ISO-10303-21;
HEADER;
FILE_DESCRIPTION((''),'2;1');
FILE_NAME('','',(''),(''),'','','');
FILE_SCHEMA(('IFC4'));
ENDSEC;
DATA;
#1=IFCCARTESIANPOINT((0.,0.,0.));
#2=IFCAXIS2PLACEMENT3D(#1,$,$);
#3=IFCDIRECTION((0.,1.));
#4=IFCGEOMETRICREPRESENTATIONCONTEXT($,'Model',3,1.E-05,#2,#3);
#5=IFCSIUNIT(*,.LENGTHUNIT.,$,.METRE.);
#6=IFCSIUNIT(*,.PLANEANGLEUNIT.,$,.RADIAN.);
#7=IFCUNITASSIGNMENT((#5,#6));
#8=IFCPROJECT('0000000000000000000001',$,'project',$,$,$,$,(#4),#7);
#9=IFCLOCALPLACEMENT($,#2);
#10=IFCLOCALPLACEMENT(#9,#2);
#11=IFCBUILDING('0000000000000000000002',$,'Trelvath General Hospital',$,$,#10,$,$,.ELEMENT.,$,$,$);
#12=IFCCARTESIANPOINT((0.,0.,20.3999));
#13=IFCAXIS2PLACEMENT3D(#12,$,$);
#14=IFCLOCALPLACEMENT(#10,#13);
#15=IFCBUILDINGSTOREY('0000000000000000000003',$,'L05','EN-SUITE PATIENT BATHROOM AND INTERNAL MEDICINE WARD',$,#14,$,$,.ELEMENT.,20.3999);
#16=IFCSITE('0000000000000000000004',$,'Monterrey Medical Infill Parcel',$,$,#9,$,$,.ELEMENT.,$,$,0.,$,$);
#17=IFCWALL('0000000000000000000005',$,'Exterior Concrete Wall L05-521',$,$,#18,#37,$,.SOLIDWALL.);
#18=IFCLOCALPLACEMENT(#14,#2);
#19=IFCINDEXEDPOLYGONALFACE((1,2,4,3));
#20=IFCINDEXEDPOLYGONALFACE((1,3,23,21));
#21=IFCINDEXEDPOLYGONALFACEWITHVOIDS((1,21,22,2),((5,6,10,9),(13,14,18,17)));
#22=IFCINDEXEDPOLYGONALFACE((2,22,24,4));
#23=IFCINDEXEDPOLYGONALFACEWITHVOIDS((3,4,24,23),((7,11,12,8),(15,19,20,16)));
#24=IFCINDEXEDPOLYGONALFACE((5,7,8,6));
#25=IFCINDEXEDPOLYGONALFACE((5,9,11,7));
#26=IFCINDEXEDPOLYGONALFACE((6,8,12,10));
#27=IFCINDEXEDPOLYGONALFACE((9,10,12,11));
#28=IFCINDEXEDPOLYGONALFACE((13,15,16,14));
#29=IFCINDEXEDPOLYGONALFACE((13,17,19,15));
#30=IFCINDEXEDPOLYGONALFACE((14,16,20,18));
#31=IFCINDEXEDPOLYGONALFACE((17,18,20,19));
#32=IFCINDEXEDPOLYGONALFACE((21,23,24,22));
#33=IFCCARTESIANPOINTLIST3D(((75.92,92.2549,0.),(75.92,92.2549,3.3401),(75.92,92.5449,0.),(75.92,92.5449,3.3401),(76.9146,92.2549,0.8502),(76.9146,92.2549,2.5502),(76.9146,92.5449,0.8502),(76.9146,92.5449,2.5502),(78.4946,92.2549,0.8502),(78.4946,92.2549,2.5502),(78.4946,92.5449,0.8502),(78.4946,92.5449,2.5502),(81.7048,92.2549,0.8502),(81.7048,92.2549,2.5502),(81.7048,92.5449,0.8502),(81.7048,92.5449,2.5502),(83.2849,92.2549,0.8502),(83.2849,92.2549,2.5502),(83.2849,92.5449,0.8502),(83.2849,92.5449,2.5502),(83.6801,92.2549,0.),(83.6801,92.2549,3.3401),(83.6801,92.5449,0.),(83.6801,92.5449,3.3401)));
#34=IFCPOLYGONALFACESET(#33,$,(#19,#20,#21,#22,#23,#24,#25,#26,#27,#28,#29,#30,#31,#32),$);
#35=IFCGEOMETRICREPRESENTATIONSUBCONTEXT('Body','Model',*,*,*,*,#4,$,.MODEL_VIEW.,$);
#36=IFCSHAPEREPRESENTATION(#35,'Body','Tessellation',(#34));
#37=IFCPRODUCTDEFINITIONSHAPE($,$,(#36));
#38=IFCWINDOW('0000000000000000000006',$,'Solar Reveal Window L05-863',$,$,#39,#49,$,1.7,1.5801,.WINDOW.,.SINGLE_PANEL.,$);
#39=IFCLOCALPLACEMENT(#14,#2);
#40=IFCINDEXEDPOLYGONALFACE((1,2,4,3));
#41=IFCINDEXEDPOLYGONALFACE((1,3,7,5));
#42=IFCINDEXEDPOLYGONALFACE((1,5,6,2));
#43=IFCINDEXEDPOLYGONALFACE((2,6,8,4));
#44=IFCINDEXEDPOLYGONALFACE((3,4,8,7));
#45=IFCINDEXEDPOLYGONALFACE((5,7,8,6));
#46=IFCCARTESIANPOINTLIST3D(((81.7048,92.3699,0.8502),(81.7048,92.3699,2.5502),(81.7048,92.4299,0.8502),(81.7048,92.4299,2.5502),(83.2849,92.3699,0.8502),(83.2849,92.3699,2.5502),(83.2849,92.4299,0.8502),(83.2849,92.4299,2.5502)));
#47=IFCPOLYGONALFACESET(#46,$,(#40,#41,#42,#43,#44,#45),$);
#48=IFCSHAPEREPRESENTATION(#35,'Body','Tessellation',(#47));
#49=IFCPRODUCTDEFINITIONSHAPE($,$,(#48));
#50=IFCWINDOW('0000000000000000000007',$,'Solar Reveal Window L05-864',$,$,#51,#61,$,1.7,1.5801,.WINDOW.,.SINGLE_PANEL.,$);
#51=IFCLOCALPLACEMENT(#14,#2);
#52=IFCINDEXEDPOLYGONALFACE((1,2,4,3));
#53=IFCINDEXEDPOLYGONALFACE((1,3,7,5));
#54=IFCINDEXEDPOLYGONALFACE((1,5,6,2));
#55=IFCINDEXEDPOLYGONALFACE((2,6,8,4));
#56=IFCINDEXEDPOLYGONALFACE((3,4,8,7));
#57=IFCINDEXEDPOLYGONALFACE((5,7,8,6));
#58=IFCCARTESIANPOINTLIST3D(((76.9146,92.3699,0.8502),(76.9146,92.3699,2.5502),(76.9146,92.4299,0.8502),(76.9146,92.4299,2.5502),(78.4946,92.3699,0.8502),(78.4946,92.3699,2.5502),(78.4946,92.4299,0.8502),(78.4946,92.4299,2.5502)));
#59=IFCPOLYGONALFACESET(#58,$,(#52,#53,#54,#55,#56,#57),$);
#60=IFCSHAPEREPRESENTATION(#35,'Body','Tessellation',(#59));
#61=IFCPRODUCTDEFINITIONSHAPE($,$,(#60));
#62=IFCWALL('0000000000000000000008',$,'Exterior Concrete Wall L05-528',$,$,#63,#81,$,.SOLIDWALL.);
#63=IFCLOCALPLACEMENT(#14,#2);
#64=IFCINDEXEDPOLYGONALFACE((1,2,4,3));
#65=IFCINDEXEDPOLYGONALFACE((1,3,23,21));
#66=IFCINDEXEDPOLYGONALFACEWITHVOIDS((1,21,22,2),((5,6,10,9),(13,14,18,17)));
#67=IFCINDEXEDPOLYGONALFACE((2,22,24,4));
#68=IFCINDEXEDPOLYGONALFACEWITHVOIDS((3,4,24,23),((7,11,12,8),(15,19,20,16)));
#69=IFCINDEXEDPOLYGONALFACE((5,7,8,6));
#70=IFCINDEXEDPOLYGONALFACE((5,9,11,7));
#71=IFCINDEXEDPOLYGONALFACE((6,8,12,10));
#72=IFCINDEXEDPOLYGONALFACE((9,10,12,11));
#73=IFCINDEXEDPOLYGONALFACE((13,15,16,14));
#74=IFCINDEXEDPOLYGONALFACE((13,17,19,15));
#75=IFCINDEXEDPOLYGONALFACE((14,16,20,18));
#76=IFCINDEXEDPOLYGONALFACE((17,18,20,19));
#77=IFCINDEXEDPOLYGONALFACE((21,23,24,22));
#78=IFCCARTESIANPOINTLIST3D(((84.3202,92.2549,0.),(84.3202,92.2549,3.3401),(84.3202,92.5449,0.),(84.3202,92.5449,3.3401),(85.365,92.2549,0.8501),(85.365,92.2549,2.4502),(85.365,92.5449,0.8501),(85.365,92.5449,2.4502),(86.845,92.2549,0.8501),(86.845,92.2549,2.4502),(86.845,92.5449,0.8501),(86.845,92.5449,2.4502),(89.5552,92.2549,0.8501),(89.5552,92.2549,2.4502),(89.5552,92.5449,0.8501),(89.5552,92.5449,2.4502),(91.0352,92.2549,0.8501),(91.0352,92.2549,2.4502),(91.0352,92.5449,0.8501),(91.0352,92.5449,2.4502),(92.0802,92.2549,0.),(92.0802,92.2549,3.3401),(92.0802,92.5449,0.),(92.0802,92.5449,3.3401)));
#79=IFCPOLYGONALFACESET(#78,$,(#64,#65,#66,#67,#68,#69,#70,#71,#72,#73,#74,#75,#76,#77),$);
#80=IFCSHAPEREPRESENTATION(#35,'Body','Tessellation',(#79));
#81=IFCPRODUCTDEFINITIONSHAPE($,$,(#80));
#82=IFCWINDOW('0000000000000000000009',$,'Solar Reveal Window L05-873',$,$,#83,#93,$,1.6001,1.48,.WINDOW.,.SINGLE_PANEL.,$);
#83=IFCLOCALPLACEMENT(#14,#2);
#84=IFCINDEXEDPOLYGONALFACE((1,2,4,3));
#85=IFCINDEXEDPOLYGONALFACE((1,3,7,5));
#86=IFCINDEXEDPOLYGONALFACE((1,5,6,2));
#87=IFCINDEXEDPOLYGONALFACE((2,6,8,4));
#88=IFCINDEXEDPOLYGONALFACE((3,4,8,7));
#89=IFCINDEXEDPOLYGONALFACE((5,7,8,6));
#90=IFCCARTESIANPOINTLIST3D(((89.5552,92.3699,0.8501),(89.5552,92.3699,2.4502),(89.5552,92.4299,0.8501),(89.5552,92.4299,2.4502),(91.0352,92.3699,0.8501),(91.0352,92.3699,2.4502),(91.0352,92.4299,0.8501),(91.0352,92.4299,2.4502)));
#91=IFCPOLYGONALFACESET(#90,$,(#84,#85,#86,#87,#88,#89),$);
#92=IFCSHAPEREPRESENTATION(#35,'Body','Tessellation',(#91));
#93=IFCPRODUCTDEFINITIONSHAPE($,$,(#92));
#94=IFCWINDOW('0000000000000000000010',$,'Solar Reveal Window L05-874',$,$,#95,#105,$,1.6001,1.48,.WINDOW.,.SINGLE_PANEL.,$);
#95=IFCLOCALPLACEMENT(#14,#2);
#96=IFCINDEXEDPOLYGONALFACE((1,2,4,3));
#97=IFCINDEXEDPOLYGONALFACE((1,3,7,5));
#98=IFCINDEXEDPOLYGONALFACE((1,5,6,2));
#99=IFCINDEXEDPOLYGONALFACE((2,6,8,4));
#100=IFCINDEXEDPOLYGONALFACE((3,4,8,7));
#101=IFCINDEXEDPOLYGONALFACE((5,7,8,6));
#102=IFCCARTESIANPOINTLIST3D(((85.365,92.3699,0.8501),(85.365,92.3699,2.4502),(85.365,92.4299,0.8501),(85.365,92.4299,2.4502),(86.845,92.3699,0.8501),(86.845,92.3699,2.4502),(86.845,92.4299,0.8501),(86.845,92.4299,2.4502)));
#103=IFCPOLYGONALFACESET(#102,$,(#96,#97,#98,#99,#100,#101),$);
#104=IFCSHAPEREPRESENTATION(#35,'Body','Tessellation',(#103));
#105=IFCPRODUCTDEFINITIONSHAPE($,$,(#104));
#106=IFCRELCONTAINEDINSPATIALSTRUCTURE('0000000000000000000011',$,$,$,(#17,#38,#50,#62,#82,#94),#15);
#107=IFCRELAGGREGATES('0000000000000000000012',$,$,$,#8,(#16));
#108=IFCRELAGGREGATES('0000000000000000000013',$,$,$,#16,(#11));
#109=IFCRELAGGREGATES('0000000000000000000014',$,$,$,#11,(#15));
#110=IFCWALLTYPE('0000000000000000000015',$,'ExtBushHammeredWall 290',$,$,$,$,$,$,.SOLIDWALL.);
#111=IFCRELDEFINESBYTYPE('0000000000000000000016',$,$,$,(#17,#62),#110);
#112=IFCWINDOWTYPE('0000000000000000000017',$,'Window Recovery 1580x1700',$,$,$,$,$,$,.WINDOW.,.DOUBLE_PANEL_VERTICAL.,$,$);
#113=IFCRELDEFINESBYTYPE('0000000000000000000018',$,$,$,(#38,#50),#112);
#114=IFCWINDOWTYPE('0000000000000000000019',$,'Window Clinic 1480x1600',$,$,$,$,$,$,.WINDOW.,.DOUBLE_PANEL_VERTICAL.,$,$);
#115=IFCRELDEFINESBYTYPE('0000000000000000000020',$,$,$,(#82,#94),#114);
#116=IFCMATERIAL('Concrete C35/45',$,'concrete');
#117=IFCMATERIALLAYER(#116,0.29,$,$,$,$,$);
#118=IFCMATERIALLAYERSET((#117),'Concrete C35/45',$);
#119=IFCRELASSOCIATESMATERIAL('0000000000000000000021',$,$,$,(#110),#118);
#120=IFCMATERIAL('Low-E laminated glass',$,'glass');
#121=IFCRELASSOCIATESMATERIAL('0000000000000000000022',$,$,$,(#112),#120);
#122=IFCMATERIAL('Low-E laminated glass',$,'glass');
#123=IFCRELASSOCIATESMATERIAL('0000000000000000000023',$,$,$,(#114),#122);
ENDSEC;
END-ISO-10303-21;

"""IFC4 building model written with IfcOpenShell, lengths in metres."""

from ifc_helpers import new_model, si_unit, direction, frame, frame_2d, origin, place, context, subcontext, project, spatial, rectangle, extrude, material, layer, layer_set, type_object, element, fill, save


model = new_model("IFC4")

# Units and contexts
model_context = context("Model", 3, precision=1e-05, world=origin(), true_north=direction((0.0, 1.0)))
body_context = subcontext(model_context, "Body", "Model", "MODEL_VIEW")
ifc_project = project(units=[si_unit("LENGTHUNIT", "METRE"), si_unit("PLANEANGLEUNIT", "RADIAN")], contexts=[model_context])

# Site, building, storey
site_placement = place(None, origin())
site = spatial("IfcSite", under=ifc_project, at=site_placement, Name="Monterrey Medical Infill Parcel", CompositionType="ELEMENT", RefElevation=0.0)
building_placement = place(site_placement, origin())
building = spatial("IfcBuilding", under=site, at=building_placement, Name="Trelvath General Hospital", CompositionType="ELEMENT")
storey_placement = place(building_placement, frame((0.0, 0.0, 20.3999)))
storey = spatial("IfcBuildingStorey", under=building, at=storey_placement, Name="L05", Description="EN-SUITE PATIENT BATHROOM AND INTERNAL MEDICINE WARD", CompositionType="ELEMENT", Elevation=20.3999)

# Walls, openings, windows
ifc_material_1 = material(Name="Concrete C35/45", Category="concrete")
ifc_layer_1 = layer(ifc_material_1, 0.29)
ifc_layer_set_1 = layer_set([ifc_layer_1], Name="Concrete C35/45")
wall_type_1 = type_object("IfcWallType", Name="ExtBushHammeredWall 290", PredefinedType="SOLIDWALL", material=ifc_layer_set_1)
wall_1_placement = place(storey_placement, frame((83.6799, 92.3999, 0.0), z_axis=(0.0, 0.0, 1.0), x_axis=(-1.0, 0.0, 0.0)))
wall_1 = element("IfcWall", 1, at=wall_1_placement, inside=storey, type_object=wall_type_1, Name="Exterior Concrete Wall L05-521", PredefinedType="SOLIDWALL", context=body_context, shape_type="SweptSolid", body=[
    extrude(rectangle(XDim=7.76, YDim=0.29, at=frame_2d((3.8799, 0.0))), origin(), (0.0, 0.0, 1.0), 3.3401),
])
opening_1_placement = place(wall_1_placement, frame((0.395, 0.0, 0.8501)))
opening_1 = element("IfcOpeningElement", 2, at=opening_1_placement, cuts=wall_1, PredefinedType="OPENING", context=body_context, shape_type="SweptSolid", body=[
    extrude(rectangle(XDim=1.5801, YDim=1.7, at=frame_2d((0.79, 0.8501))), frame((0.0, 0.155, 0.0), z_axis=(0.0, -1.0, 0.0), x_axis=(1.0, 0.0, 0.0)), (0.0, 0.0, 1.0), 0.3101),
])
opening_2_placement = place(wall_1_placement, frame((5.1853, 0.0, 0.8501)))
opening_2 = element("IfcOpeningElement", 3, at=opening_2_placement, cuts=wall_1, PredefinedType="OPENING", context=body_context, shape_type="SweptSolid", body=[
    extrude(rectangle(XDim=1.5801, YDim=1.7, at=frame_2d((0.79, 0.8501))), frame((0.0, 0.155, 0.0), z_axis=(0.0, -1.0, 0.0), x_axis=(1.0, 0.0, 0.0)), (0.0, 0.0, 1.0), 0.3101),
])
ifc_material_2 = material(Name="Low-E laminated glass", Category="glass")
window_type_1 = type_object("IfcWindowType", Name="Window Recovery 1580x1700", PartitioningType="DOUBLE_PANEL_VERTICAL", PredefinedType="WINDOW", material=ifc_material_2)
window_1_placement = place(opening_1_placement, origin())
window_1 = element("IfcWindow", 4, at=window_1_placement, inside=storey, type_object=window_type_1, Name="Solar Reveal Window L05-863", OverallHeight=1.7, OverallWidth=1.5801, PartitioningType="SINGLE_PANEL", PredefinedType="WINDOW", context=body_context, shape_type="SweptSolid", body=[
    extrude(rectangle(XDim=1.5801, YDim=1.7, at=frame_2d((0.79, 0.8501))), frame((0.0, 0.03, 0.0), z_axis=(0.0, -1.0, 0.0), x_axis=(1.0, 0.0, 0.0)), (0.0, 0.0, 1.0), 0.0601),
])
fill(opening_1, window_1)
window_2_placement = place(opening_2_placement, origin())
window_2 = element("IfcWindow", 5, at=window_2_placement, inside=storey, type_object=window_type_1, Name="Solar Reveal Window L05-864", OverallHeight=1.7, OverallWidth=1.5801, PartitioningType="SINGLE_PANEL", PredefinedType="WINDOW", context=body_context, shape_type="SweptSolid", body=[
    extrude(rectangle(XDim=1.5801, YDim=1.7, at=frame_2d((0.79, 0.8501))), frame((0.0, 0.03, 0.0), z_axis=(0.0, -1.0, 0.0), x_axis=(1.0, 0.0, 0.0)), (0.0, 0.0, 1.0), 0.0601),
])
fill(opening_2, window_2)
wall_2_placement = place(storey_placement, frame((92.0801, 92.3999, 0.0), z_axis=(0.0, 0.0, 1.0), x_axis=(-1.0, 0.0, 0.0)))
wall_2 = element("IfcWall", 6, at=wall_2_placement, inside=storey, type_object=wall_type_1, Name="Exterior Concrete Wall L05-528", PredefinedType="SOLIDWALL", context=body_context, shape_type="SweptSolid", body=[
    extrude(rectangle(XDim=7.76, YDim=0.29, at=frame_2d((3.8799, 0.0))), origin(), (0.0, 0.0, 1.0), 3.3401),
])
opening_3_placement = place(wall_2_placement, frame((1.0449, 0.0, 0.8501)))
opening_3 = element("IfcOpeningElement", 7, at=opening_3_placement, cuts=wall_2, PredefinedType="OPENING", context=body_context, shape_type="SweptSolid", body=[
    extrude(rectangle(XDim=1.48, YDim=1.6001, at=frame_2d((0.74, 0.8))), frame((0.0, 0.155, 0.0), z_axis=(0.0, -1.0, 0.0), x_axis=(1.0, 0.0, 0.0)), (0.0, 0.0, 1.0), 0.3101),
])
opening_4_placement = place(wall_2_placement, frame((5.2351, 0.0, 0.8501)))
opening_4 = element("IfcOpeningElement", 8, at=opening_4_placement, cuts=wall_2, PredefinedType="OPENING", context=body_context, shape_type="SweptSolid", body=[
    extrude(rectangle(XDim=1.48, YDim=1.6001, at=frame_2d((0.74, 0.8))), frame((0.0, 0.155, 0.0), z_axis=(0.0, -1.0, 0.0), x_axis=(1.0, 0.0, 0.0)), (0.0, 0.0, 1.0), 0.3101),
])
ifc_material_3 = material(Name="Low-E laminated glass", Category="glass")
window_type_2 = type_object("IfcWindowType", Name="Window Clinic 1480x1600", PartitioningType="DOUBLE_PANEL_VERTICAL", PredefinedType="WINDOW", material=ifc_material_3)
window_3_placement = place(opening_3_placement, origin())
window_3 = element("IfcWindow", 9, at=window_3_placement, inside=storey, type_object=window_type_2, Name="Solar Reveal Window L05-873", OverallHeight=1.6001, OverallWidth=1.48, PartitioningType="SINGLE_PANEL", PredefinedType="WINDOW", context=body_context, shape_type="SweptSolid", body=[
    extrude(rectangle(XDim=1.48, YDim=1.6001, at=frame_2d((0.74, 0.8))), frame((0.0, 0.03, 0.0), z_axis=(0.0, -1.0, 0.0), x_axis=(1.0, 0.0, 0.0)), (0.0, 0.0, 1.0), 0.0601),
])
fill(opening_3, window_3)
window_4_placement = place(opening_4_placement, origin())
window_4 = element("IfcWindow", 10, at=window_4_placement, inside=storey, type_object=window_type_2, Name="Solar Reveal Window L05-874", OverallHeight=1.6001, OverallWidth=1.48, PartitioningType="SINGLE_PANEL", PredefinedType="WINDOW", context=body_context, shape_type="SweptSolid", body=[
    extrude(rectangle(XDim=1.48, YDim=1.6001, at=frame_2d((0.74, 0.8))), frame((0.0, 0.03, 0.0), z_axis=(0.0, -1.0, 0.0), x_axis=(1.0, 0.0, 0.0)), (0.0, 0.0, 1.0), 0.0601),
])
fill(opening_4, window_4)

save(model, "model.ifc")
